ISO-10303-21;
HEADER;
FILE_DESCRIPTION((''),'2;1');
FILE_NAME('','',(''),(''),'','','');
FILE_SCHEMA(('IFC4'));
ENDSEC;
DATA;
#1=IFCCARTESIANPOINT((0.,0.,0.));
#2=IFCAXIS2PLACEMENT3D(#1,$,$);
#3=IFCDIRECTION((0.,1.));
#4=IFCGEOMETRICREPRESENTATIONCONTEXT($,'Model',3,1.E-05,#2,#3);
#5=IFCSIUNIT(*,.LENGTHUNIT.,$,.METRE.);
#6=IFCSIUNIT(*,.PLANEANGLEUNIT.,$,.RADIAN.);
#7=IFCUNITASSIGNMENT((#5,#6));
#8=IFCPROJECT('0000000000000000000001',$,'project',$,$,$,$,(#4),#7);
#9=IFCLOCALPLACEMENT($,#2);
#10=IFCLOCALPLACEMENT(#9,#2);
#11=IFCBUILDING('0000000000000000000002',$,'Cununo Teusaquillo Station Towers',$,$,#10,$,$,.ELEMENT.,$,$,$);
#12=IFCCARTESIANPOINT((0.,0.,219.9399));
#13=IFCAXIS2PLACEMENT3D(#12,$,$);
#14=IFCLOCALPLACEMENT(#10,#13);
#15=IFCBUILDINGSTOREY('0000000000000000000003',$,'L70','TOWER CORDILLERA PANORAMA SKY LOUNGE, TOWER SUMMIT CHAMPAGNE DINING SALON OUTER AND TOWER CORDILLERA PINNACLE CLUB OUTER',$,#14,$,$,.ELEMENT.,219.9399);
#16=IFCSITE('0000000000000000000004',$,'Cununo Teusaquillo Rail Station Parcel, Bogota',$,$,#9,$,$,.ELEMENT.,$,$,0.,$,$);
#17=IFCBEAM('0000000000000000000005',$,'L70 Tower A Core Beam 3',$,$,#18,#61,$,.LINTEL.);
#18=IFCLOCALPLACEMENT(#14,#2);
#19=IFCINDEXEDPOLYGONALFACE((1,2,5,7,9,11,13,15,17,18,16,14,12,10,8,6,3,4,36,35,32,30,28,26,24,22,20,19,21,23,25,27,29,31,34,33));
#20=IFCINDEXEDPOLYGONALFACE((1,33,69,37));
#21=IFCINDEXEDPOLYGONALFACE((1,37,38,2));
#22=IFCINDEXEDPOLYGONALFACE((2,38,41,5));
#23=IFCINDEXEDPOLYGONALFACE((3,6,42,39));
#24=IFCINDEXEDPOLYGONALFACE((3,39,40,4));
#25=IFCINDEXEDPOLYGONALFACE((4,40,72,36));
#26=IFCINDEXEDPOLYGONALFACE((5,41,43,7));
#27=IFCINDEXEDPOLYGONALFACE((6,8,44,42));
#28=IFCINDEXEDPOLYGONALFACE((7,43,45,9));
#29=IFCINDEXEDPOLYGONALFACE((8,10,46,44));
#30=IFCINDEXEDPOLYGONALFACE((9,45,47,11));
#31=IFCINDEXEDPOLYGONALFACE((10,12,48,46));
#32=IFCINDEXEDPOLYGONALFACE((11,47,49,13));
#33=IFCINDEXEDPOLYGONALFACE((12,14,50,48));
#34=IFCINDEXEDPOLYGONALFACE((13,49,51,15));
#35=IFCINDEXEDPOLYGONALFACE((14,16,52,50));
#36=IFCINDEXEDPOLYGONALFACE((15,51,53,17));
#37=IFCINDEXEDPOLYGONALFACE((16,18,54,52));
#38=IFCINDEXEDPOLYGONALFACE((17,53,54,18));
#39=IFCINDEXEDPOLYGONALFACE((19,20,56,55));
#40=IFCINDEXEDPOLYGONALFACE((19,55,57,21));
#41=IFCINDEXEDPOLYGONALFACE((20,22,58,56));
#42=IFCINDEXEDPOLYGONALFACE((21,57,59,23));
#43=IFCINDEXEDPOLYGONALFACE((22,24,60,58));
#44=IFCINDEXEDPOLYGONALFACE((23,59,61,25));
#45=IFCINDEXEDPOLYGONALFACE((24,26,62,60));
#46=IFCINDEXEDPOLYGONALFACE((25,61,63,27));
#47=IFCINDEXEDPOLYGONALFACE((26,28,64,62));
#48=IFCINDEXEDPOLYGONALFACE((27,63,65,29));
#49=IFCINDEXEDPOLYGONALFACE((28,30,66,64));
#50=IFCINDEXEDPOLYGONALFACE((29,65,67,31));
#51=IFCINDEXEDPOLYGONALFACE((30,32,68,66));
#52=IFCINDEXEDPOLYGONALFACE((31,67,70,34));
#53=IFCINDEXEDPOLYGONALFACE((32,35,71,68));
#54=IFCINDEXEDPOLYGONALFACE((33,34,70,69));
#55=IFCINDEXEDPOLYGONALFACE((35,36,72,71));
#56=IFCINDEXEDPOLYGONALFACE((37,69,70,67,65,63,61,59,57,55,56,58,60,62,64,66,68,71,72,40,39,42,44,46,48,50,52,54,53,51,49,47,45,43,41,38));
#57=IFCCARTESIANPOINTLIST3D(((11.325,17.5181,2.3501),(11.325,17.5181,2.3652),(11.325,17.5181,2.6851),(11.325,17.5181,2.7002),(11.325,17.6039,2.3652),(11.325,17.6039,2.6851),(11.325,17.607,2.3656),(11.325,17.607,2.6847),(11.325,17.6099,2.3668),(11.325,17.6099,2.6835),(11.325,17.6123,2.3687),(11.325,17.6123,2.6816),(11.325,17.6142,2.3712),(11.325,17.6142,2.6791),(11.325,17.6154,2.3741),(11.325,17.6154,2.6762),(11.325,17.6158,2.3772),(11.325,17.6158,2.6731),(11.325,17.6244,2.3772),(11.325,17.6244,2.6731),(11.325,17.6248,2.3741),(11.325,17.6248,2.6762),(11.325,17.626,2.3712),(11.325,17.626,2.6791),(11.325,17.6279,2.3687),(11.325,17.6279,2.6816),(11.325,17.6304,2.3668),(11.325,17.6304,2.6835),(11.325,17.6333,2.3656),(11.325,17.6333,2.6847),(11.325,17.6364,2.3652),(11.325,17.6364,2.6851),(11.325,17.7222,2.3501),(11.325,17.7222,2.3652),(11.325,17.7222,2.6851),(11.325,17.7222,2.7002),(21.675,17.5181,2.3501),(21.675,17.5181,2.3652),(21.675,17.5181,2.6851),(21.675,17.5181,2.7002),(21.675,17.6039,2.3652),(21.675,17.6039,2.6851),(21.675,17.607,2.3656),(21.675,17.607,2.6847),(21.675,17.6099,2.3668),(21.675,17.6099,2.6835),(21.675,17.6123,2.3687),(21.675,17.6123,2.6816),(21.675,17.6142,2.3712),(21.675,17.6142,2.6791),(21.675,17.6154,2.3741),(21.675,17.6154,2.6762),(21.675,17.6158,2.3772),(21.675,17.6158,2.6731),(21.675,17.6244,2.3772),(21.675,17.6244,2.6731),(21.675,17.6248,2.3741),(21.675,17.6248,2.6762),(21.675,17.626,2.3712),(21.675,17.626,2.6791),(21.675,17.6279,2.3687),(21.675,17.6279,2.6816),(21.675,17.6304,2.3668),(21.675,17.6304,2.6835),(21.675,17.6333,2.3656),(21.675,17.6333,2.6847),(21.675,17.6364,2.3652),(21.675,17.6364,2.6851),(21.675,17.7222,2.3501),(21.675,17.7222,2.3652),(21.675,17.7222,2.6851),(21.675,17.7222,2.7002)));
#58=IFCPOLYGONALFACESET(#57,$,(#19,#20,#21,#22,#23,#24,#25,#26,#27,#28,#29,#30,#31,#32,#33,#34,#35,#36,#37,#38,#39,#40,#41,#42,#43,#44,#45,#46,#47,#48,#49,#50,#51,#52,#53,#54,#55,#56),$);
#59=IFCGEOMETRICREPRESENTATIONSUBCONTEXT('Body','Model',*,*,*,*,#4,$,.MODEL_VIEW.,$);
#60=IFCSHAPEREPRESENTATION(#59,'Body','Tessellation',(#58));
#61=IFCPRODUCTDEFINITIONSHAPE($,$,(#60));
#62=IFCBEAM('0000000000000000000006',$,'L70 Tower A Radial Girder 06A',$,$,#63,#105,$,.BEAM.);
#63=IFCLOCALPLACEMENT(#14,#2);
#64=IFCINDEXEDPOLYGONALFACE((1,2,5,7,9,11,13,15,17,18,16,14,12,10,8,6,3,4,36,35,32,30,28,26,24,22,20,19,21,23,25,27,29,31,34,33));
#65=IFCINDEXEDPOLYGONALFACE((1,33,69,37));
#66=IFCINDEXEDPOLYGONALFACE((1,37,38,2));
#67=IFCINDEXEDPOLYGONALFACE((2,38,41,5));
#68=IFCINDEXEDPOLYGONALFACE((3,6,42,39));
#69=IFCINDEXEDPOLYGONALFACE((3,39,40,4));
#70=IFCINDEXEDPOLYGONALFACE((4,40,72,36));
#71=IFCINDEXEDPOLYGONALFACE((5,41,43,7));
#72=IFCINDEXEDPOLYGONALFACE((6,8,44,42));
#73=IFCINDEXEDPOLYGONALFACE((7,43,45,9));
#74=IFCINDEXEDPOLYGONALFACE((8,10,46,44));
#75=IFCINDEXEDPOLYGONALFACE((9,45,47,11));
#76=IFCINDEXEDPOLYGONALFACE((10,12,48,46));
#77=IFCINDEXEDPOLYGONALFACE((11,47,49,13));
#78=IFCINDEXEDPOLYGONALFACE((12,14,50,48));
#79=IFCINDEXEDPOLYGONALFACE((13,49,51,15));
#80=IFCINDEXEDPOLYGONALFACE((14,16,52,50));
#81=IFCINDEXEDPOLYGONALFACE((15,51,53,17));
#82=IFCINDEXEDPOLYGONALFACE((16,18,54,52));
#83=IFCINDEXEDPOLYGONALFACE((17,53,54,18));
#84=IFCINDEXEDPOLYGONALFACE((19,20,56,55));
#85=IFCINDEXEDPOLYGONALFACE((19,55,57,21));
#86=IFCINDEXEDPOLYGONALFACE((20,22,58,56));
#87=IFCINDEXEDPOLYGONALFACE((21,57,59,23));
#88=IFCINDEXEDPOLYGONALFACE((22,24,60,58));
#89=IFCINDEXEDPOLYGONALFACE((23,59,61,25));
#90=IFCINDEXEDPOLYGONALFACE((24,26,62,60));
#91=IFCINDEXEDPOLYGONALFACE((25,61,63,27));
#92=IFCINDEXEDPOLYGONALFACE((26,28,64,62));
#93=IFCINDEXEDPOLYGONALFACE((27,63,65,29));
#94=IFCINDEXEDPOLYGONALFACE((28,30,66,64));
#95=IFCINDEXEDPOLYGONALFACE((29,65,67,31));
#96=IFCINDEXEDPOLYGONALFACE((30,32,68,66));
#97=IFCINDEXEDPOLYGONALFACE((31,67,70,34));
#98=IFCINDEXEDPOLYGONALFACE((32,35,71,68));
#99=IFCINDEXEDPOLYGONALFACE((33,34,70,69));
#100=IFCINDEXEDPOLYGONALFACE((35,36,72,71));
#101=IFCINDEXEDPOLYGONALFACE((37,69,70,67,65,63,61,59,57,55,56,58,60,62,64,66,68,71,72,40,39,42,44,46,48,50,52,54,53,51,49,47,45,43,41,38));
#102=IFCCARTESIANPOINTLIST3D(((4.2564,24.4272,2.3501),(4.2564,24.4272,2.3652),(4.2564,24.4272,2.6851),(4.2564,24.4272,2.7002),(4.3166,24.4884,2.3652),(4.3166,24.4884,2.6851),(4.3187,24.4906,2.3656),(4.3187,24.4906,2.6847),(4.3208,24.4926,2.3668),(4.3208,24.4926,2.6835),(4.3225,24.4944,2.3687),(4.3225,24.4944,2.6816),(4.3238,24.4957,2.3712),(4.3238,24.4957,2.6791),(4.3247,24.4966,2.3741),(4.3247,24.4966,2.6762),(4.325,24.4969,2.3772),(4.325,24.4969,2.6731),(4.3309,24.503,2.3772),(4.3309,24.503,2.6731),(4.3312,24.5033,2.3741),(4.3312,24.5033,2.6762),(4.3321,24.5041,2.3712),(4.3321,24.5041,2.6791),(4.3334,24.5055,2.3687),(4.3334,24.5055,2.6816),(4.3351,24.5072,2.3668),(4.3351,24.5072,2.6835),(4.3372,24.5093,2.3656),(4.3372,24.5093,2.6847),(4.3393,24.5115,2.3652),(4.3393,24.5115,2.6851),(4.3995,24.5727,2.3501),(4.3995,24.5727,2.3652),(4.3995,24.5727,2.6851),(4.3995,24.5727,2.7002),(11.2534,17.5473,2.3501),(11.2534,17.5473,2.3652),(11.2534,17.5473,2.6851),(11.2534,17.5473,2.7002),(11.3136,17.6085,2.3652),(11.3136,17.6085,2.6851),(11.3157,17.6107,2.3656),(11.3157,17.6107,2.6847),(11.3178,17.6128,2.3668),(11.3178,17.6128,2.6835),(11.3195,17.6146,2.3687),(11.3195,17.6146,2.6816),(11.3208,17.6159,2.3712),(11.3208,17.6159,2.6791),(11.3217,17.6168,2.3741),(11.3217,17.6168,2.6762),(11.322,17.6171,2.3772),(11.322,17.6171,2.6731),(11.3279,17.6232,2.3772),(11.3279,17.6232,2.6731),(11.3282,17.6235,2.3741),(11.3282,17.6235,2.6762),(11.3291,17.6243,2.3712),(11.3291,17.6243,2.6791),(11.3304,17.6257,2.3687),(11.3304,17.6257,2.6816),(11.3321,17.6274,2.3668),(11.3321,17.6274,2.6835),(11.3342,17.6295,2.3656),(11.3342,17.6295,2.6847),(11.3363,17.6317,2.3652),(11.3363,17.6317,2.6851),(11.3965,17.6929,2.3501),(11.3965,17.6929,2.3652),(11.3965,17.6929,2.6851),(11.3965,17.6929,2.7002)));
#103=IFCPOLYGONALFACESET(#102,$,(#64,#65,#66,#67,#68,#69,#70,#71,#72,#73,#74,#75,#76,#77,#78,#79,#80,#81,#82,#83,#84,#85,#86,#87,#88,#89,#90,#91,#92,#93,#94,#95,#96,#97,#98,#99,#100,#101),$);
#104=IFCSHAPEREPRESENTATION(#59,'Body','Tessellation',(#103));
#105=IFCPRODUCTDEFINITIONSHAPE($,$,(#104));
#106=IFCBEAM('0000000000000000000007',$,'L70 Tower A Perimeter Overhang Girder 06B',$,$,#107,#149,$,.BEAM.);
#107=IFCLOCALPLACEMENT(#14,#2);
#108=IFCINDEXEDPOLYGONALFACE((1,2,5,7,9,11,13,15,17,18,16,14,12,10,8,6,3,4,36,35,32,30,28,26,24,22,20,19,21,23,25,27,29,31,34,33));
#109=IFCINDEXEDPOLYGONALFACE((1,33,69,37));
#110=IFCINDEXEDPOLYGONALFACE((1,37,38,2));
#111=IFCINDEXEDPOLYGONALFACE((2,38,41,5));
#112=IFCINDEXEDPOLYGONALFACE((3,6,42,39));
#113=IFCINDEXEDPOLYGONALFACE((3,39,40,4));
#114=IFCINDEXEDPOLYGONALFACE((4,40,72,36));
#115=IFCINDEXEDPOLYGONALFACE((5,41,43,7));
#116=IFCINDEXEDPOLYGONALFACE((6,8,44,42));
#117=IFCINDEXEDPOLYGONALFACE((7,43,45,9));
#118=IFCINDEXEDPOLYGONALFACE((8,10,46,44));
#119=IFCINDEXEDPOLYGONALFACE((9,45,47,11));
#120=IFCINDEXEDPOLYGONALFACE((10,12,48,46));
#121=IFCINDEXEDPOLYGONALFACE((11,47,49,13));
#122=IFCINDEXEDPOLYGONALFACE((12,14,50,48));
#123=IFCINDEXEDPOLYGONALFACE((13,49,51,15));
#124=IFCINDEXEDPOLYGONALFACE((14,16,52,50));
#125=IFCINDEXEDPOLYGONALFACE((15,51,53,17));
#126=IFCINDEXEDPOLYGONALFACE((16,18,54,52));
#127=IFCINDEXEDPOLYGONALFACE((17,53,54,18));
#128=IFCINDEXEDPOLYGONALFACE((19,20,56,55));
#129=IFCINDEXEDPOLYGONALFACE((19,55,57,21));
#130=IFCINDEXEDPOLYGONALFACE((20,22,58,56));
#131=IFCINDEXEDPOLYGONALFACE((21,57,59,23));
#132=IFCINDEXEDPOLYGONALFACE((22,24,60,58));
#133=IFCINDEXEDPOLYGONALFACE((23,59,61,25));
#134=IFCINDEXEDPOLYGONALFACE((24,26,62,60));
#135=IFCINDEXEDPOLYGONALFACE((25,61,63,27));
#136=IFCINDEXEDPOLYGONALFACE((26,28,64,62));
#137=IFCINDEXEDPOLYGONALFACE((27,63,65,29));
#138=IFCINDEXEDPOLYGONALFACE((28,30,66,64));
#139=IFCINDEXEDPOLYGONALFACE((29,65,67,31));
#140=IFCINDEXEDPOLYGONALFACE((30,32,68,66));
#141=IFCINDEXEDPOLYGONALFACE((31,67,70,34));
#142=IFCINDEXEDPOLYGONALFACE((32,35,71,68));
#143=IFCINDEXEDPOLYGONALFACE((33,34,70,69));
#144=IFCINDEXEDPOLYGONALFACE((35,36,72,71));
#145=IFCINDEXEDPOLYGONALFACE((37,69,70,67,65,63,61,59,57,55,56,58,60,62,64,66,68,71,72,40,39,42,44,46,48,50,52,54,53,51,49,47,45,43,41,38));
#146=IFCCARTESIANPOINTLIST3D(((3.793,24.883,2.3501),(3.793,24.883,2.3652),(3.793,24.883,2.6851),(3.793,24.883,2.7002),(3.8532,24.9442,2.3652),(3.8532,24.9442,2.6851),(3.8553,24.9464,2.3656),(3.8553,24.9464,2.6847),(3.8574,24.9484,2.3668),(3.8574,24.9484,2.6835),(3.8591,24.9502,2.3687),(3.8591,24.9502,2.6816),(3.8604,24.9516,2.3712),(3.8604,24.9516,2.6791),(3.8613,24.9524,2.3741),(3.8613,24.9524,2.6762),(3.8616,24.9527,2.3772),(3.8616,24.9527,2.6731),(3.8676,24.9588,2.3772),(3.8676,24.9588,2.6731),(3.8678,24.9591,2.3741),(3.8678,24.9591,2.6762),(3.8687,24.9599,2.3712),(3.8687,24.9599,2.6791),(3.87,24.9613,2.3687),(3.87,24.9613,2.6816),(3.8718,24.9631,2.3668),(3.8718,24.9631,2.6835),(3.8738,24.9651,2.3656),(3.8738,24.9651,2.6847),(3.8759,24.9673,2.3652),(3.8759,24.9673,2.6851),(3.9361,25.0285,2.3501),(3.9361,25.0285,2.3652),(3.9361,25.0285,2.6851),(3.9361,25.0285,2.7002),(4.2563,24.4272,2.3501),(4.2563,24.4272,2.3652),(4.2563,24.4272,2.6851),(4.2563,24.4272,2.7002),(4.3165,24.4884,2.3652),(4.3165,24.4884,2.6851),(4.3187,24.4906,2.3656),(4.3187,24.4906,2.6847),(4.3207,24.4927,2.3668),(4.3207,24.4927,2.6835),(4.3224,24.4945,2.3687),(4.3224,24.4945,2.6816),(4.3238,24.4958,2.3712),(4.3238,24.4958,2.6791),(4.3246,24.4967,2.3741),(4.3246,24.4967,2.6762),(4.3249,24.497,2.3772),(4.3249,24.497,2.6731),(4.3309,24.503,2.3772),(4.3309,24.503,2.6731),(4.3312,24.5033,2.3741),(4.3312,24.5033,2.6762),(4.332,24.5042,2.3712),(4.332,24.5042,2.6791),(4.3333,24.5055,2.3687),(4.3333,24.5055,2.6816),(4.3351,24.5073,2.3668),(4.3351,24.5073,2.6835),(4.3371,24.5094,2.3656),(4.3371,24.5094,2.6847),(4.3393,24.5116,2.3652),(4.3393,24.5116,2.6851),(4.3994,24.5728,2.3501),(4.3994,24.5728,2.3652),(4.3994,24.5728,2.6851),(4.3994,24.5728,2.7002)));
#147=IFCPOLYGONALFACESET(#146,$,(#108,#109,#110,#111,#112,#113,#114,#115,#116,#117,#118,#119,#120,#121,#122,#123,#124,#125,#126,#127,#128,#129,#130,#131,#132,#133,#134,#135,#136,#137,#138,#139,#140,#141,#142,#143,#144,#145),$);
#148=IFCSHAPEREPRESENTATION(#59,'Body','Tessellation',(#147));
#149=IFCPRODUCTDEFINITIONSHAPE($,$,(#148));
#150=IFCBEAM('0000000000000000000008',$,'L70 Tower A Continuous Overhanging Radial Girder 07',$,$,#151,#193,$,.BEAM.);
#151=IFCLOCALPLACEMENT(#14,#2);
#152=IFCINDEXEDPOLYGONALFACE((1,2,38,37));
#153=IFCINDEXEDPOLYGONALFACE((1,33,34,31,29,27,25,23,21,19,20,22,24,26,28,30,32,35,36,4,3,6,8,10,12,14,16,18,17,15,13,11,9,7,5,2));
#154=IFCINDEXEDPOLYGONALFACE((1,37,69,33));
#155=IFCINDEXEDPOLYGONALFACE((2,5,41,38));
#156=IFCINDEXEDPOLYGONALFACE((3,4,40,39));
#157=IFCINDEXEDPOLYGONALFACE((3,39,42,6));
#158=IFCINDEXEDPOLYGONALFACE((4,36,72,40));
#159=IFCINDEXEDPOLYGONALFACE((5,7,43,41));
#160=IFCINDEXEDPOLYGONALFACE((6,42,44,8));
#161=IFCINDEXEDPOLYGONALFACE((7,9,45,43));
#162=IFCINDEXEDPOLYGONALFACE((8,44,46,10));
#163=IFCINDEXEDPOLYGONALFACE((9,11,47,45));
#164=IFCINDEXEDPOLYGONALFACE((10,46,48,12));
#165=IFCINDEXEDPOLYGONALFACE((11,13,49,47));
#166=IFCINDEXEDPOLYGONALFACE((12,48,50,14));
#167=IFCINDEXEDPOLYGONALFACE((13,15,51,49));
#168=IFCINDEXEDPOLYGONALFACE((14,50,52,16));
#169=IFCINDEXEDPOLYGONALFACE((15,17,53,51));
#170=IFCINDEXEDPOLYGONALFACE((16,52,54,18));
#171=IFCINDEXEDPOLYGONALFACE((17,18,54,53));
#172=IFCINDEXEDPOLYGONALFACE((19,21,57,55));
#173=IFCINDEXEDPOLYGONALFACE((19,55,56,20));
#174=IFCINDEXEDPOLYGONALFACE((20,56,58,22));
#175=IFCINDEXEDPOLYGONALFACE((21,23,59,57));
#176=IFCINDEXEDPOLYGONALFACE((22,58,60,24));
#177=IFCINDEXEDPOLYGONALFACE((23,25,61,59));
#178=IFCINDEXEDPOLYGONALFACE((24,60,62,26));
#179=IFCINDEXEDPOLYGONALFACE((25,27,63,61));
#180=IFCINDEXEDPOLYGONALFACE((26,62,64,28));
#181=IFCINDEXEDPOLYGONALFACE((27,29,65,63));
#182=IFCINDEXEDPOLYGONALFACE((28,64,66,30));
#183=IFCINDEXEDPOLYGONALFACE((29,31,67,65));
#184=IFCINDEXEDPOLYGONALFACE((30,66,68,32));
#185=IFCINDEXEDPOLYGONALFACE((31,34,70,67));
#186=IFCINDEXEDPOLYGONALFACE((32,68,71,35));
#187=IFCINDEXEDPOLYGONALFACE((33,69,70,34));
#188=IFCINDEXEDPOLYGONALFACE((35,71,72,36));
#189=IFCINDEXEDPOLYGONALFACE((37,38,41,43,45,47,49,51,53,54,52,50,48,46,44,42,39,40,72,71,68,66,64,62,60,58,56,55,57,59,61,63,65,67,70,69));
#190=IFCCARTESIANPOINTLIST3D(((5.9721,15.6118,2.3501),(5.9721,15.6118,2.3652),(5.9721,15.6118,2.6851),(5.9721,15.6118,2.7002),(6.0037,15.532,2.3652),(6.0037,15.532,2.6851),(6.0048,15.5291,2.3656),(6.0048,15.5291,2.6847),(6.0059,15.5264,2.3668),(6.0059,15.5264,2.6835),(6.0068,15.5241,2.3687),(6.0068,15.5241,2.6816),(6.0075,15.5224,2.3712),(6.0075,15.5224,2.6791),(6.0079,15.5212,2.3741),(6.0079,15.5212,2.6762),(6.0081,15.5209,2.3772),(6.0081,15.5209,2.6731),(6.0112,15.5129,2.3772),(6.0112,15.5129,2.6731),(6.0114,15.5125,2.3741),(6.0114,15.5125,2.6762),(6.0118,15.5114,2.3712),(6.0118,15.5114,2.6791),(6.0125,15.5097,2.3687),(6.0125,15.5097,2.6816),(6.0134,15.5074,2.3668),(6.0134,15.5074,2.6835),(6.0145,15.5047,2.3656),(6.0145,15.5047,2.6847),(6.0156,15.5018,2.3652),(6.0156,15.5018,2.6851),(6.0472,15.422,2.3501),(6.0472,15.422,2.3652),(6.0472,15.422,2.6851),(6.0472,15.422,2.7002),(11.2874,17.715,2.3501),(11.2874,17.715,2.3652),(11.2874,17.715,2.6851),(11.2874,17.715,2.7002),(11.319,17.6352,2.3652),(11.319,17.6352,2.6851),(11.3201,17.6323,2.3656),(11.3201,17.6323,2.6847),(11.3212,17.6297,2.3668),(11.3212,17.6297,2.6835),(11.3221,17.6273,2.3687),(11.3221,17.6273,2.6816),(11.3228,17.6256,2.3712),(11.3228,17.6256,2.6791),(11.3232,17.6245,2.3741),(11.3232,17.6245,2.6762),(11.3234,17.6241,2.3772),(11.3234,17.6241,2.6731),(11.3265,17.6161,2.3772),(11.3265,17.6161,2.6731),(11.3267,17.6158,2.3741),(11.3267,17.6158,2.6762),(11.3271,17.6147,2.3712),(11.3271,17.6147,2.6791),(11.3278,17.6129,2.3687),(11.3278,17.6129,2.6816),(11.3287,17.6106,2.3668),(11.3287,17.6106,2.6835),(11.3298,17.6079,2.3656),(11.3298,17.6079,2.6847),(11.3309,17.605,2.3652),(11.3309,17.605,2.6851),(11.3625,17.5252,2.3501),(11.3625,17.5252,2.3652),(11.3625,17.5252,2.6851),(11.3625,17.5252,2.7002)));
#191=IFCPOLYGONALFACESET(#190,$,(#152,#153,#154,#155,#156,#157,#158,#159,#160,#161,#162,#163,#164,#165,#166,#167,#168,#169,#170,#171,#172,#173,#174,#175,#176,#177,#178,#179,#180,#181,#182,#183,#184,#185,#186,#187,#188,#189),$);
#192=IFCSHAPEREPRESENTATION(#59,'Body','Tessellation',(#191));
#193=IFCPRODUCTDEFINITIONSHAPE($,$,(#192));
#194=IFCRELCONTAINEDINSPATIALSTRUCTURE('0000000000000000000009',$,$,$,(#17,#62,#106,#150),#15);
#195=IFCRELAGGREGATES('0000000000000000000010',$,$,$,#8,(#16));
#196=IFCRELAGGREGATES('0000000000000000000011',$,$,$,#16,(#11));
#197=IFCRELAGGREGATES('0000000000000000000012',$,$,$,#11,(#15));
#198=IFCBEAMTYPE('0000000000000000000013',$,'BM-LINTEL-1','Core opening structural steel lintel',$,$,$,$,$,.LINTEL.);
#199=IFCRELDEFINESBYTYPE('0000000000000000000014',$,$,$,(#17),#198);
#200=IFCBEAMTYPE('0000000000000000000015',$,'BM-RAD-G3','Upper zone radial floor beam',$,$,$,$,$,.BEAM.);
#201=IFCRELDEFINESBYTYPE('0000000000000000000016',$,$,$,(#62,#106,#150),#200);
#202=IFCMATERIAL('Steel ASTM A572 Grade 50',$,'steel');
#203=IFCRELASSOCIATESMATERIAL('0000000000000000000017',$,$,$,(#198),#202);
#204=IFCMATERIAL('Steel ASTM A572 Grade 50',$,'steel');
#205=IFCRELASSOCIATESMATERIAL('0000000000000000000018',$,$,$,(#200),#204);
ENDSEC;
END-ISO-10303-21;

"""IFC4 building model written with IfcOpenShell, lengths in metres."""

from ifc_helpers import new_model, si_unit, direction, frame, origin, origin_2d, place, context, subcontext, project, spatial, i_section, extrude, material, material_profile, profile_set, type_object, element, save


model = new_model("IFC4")

# Units and contexts
model_context = context("Model", 3, precision=1e-05, world=origin(), true_north=direction((0.0, 1.0)))
body_context = subcontext(model_context, "Body", "Model", "MODEL_VIEW")
ifc_project = project(units=[si_unit("LENGTHUNIT", "METRE"), si_unit("PLANEANGLEUNIT", "RADIAN")], contexts=[model_context])

# Site, building, storey
site_placement = place(None, origin())
site = spatial("IfcSite", under=ifc_project, at=site_placement, Name="Cununo Teusaquillo Rail Station Parcel, Bogota", CompositionType="ELEMENT", RefElevation=0.0)
building_placement = place(site_placement, origin())
building = spatial("IfcBuilding", under=site, at=building_placement, Name="Cununo Teusaquillo Station Towers", CompositionType="ELEMENT")
storey_placement = place(building_placement, frame((0.0, 0.0, 219.9399)))
storey = spatial("IfcBuildingStorey", under=building, at=storey_placement, Name="L70", Description="TOWER CORDILLERA PANORAMA SKY LOUNGE, TOWER SUMMIT CHAMPAGNE DINING SALON OUTER AND TOWER CORDILLERA PINNACLE CLUB OUTER", CompositionType="ELEMENT", Elevation=219.9399)

# Beams
ifc_material_1 = material(Name="Steel ASTM A572 Grade 50", Category="steel")
ifc_material_profile_1 = material_profile(ifc_material_1, i_section(OverallWidth=0.2041, OverallDepth=0.3501, WebThickness=0.0085, FlangeThickness=0.0151, FilletRadius=0.012, at=origin_2d()), Name="W14X48")
ifc_profile_set_1 = profile_set([ifc_material_profile_1], Name="Steel ASTM A572 Grade 50")
beam_type_1 = type_object("IfcBeamType", Name="BM-LINTEL-1", Description="Core opening structural steel lintel", PredefinedType="LINTEL", material=ifc_profile_set_1)
beam_1_placement = place(storey_placement, frame((11.325, 17.6201, 2.5251), z_axis=(1.0, 0.0, 0.0), x_axis=(0.0, 1.0, 0.0)))
element("IfcBeam", 1, at=beam_1_placement, inside=storey, type_object=beam_type_1, Name="L70 Tower A Core Beam 3", PredefinedType="LINTEL", context=body_context, shape_type="SweptSolid", body=[
    extrude(i_section(OverallWidth=0.2041, OverallDepth=0.3501, WebThickness=0.0085, FlangeThickness=0.0151, FilletRadius=0.012, at=origin_2d()), origin(), (0.0, 0.0, 1.0), 10.3501),
])
ifc_material_2 = material(Name="Steel ASTM A572 Grade 50", Category="steel")
ifc_material_profile_2 = material_profile(ifc_material_2, i_section(OverallWidth=0.2041, OverallDepth=0.3501, WebThickness=0.0085, FlangeThickness=0.0151, FilletRadius=0.012, at=origin_2d()), Name="W14X48")
ifc_profile_set_2 = profile_set([ifc_material_profile_2], Name="Steel ASTM A572 Grade 50")
beam_type_2 = type_object("IfcBeamType", Name="BM-RAD-G3", Description="Upper zone radial floor beam", PredefinedType="BEAM", material=ifc_profile_set_2)
beam_2_placement = place(storey_placement, frame((11.325, 17.6201, 2.5251), z_axis=(-0.713053, 0.70111, 0.0), x_axis=(-0.70111, -0.713053, 0.0)))
element("IfcBeam", 2, at=beam_2_placement, inside=storey, type_object=beam_type_2, Name="L70 Tower A Radial Girder 06A", PredefinedType="BEAM", context=body_context, shape_type="SweptSolid", body=[
    extrude(i_section(OverallWidth=0.2041, OverallDepth=0.3501, WebThickness=0.0085, FlangeThickness=0.0151, FilletRadius=0.012, at=origin_2d()), origin(), (0.0, 0.0, 1.0), 9.8127),
])
beam_3_placement = place(storey_placement, frame((4.3279, 24.5, 2.5251), z_axis=(-0.712905, 0.701261, 0.0), x_axis=(-0.701261, -0.712905, 0.0)))
element("IfcBeam", 3, at=beam_3_placement, inside=storey, type_object=beam_type_2, Name="L70 Tower A Perimeter Overhang Girder 06B", PredefinedType="BEAM", context=body_context, shape_type="SweptSolid", body=[
    extrude(i_section(OverallWidth=0.2041, OverallDepth=0.3501, WebThickness=0.0085, FlangeThickness=0.0151, FilletRadius=0.012, at=origin_2d()), origin(), (0.0, 0.0, 1.0), 0.6499),
])
beam_4_placement = place(storey_placement, frame((11.325, 17.6201, 2.5251), z_axis=(-0.929852, -0.367935, 0.0), x_axis=(0.367935, -0.929852, 0.0)))
element("IfcBeam", 4, at=beam_4_placement, inside=storey, type_object=beam_type_2, Name="L70 Tower A Continuous Overhanging Radial Girder 07", PredefinedType="BEAM", context=body_context, shape_type="SweptSolid", body=[
    extrude(i_section(OverallWidth=0.2041, OverallDepth=0.3501, WebThickness=0.0085, FlangeThickness=0.0151, FilletRadius=0.012, at=origin_2d()), origin(), (0.0, 0.0, 1.0), 5.7163),
])

save(model, "model.ifc")
